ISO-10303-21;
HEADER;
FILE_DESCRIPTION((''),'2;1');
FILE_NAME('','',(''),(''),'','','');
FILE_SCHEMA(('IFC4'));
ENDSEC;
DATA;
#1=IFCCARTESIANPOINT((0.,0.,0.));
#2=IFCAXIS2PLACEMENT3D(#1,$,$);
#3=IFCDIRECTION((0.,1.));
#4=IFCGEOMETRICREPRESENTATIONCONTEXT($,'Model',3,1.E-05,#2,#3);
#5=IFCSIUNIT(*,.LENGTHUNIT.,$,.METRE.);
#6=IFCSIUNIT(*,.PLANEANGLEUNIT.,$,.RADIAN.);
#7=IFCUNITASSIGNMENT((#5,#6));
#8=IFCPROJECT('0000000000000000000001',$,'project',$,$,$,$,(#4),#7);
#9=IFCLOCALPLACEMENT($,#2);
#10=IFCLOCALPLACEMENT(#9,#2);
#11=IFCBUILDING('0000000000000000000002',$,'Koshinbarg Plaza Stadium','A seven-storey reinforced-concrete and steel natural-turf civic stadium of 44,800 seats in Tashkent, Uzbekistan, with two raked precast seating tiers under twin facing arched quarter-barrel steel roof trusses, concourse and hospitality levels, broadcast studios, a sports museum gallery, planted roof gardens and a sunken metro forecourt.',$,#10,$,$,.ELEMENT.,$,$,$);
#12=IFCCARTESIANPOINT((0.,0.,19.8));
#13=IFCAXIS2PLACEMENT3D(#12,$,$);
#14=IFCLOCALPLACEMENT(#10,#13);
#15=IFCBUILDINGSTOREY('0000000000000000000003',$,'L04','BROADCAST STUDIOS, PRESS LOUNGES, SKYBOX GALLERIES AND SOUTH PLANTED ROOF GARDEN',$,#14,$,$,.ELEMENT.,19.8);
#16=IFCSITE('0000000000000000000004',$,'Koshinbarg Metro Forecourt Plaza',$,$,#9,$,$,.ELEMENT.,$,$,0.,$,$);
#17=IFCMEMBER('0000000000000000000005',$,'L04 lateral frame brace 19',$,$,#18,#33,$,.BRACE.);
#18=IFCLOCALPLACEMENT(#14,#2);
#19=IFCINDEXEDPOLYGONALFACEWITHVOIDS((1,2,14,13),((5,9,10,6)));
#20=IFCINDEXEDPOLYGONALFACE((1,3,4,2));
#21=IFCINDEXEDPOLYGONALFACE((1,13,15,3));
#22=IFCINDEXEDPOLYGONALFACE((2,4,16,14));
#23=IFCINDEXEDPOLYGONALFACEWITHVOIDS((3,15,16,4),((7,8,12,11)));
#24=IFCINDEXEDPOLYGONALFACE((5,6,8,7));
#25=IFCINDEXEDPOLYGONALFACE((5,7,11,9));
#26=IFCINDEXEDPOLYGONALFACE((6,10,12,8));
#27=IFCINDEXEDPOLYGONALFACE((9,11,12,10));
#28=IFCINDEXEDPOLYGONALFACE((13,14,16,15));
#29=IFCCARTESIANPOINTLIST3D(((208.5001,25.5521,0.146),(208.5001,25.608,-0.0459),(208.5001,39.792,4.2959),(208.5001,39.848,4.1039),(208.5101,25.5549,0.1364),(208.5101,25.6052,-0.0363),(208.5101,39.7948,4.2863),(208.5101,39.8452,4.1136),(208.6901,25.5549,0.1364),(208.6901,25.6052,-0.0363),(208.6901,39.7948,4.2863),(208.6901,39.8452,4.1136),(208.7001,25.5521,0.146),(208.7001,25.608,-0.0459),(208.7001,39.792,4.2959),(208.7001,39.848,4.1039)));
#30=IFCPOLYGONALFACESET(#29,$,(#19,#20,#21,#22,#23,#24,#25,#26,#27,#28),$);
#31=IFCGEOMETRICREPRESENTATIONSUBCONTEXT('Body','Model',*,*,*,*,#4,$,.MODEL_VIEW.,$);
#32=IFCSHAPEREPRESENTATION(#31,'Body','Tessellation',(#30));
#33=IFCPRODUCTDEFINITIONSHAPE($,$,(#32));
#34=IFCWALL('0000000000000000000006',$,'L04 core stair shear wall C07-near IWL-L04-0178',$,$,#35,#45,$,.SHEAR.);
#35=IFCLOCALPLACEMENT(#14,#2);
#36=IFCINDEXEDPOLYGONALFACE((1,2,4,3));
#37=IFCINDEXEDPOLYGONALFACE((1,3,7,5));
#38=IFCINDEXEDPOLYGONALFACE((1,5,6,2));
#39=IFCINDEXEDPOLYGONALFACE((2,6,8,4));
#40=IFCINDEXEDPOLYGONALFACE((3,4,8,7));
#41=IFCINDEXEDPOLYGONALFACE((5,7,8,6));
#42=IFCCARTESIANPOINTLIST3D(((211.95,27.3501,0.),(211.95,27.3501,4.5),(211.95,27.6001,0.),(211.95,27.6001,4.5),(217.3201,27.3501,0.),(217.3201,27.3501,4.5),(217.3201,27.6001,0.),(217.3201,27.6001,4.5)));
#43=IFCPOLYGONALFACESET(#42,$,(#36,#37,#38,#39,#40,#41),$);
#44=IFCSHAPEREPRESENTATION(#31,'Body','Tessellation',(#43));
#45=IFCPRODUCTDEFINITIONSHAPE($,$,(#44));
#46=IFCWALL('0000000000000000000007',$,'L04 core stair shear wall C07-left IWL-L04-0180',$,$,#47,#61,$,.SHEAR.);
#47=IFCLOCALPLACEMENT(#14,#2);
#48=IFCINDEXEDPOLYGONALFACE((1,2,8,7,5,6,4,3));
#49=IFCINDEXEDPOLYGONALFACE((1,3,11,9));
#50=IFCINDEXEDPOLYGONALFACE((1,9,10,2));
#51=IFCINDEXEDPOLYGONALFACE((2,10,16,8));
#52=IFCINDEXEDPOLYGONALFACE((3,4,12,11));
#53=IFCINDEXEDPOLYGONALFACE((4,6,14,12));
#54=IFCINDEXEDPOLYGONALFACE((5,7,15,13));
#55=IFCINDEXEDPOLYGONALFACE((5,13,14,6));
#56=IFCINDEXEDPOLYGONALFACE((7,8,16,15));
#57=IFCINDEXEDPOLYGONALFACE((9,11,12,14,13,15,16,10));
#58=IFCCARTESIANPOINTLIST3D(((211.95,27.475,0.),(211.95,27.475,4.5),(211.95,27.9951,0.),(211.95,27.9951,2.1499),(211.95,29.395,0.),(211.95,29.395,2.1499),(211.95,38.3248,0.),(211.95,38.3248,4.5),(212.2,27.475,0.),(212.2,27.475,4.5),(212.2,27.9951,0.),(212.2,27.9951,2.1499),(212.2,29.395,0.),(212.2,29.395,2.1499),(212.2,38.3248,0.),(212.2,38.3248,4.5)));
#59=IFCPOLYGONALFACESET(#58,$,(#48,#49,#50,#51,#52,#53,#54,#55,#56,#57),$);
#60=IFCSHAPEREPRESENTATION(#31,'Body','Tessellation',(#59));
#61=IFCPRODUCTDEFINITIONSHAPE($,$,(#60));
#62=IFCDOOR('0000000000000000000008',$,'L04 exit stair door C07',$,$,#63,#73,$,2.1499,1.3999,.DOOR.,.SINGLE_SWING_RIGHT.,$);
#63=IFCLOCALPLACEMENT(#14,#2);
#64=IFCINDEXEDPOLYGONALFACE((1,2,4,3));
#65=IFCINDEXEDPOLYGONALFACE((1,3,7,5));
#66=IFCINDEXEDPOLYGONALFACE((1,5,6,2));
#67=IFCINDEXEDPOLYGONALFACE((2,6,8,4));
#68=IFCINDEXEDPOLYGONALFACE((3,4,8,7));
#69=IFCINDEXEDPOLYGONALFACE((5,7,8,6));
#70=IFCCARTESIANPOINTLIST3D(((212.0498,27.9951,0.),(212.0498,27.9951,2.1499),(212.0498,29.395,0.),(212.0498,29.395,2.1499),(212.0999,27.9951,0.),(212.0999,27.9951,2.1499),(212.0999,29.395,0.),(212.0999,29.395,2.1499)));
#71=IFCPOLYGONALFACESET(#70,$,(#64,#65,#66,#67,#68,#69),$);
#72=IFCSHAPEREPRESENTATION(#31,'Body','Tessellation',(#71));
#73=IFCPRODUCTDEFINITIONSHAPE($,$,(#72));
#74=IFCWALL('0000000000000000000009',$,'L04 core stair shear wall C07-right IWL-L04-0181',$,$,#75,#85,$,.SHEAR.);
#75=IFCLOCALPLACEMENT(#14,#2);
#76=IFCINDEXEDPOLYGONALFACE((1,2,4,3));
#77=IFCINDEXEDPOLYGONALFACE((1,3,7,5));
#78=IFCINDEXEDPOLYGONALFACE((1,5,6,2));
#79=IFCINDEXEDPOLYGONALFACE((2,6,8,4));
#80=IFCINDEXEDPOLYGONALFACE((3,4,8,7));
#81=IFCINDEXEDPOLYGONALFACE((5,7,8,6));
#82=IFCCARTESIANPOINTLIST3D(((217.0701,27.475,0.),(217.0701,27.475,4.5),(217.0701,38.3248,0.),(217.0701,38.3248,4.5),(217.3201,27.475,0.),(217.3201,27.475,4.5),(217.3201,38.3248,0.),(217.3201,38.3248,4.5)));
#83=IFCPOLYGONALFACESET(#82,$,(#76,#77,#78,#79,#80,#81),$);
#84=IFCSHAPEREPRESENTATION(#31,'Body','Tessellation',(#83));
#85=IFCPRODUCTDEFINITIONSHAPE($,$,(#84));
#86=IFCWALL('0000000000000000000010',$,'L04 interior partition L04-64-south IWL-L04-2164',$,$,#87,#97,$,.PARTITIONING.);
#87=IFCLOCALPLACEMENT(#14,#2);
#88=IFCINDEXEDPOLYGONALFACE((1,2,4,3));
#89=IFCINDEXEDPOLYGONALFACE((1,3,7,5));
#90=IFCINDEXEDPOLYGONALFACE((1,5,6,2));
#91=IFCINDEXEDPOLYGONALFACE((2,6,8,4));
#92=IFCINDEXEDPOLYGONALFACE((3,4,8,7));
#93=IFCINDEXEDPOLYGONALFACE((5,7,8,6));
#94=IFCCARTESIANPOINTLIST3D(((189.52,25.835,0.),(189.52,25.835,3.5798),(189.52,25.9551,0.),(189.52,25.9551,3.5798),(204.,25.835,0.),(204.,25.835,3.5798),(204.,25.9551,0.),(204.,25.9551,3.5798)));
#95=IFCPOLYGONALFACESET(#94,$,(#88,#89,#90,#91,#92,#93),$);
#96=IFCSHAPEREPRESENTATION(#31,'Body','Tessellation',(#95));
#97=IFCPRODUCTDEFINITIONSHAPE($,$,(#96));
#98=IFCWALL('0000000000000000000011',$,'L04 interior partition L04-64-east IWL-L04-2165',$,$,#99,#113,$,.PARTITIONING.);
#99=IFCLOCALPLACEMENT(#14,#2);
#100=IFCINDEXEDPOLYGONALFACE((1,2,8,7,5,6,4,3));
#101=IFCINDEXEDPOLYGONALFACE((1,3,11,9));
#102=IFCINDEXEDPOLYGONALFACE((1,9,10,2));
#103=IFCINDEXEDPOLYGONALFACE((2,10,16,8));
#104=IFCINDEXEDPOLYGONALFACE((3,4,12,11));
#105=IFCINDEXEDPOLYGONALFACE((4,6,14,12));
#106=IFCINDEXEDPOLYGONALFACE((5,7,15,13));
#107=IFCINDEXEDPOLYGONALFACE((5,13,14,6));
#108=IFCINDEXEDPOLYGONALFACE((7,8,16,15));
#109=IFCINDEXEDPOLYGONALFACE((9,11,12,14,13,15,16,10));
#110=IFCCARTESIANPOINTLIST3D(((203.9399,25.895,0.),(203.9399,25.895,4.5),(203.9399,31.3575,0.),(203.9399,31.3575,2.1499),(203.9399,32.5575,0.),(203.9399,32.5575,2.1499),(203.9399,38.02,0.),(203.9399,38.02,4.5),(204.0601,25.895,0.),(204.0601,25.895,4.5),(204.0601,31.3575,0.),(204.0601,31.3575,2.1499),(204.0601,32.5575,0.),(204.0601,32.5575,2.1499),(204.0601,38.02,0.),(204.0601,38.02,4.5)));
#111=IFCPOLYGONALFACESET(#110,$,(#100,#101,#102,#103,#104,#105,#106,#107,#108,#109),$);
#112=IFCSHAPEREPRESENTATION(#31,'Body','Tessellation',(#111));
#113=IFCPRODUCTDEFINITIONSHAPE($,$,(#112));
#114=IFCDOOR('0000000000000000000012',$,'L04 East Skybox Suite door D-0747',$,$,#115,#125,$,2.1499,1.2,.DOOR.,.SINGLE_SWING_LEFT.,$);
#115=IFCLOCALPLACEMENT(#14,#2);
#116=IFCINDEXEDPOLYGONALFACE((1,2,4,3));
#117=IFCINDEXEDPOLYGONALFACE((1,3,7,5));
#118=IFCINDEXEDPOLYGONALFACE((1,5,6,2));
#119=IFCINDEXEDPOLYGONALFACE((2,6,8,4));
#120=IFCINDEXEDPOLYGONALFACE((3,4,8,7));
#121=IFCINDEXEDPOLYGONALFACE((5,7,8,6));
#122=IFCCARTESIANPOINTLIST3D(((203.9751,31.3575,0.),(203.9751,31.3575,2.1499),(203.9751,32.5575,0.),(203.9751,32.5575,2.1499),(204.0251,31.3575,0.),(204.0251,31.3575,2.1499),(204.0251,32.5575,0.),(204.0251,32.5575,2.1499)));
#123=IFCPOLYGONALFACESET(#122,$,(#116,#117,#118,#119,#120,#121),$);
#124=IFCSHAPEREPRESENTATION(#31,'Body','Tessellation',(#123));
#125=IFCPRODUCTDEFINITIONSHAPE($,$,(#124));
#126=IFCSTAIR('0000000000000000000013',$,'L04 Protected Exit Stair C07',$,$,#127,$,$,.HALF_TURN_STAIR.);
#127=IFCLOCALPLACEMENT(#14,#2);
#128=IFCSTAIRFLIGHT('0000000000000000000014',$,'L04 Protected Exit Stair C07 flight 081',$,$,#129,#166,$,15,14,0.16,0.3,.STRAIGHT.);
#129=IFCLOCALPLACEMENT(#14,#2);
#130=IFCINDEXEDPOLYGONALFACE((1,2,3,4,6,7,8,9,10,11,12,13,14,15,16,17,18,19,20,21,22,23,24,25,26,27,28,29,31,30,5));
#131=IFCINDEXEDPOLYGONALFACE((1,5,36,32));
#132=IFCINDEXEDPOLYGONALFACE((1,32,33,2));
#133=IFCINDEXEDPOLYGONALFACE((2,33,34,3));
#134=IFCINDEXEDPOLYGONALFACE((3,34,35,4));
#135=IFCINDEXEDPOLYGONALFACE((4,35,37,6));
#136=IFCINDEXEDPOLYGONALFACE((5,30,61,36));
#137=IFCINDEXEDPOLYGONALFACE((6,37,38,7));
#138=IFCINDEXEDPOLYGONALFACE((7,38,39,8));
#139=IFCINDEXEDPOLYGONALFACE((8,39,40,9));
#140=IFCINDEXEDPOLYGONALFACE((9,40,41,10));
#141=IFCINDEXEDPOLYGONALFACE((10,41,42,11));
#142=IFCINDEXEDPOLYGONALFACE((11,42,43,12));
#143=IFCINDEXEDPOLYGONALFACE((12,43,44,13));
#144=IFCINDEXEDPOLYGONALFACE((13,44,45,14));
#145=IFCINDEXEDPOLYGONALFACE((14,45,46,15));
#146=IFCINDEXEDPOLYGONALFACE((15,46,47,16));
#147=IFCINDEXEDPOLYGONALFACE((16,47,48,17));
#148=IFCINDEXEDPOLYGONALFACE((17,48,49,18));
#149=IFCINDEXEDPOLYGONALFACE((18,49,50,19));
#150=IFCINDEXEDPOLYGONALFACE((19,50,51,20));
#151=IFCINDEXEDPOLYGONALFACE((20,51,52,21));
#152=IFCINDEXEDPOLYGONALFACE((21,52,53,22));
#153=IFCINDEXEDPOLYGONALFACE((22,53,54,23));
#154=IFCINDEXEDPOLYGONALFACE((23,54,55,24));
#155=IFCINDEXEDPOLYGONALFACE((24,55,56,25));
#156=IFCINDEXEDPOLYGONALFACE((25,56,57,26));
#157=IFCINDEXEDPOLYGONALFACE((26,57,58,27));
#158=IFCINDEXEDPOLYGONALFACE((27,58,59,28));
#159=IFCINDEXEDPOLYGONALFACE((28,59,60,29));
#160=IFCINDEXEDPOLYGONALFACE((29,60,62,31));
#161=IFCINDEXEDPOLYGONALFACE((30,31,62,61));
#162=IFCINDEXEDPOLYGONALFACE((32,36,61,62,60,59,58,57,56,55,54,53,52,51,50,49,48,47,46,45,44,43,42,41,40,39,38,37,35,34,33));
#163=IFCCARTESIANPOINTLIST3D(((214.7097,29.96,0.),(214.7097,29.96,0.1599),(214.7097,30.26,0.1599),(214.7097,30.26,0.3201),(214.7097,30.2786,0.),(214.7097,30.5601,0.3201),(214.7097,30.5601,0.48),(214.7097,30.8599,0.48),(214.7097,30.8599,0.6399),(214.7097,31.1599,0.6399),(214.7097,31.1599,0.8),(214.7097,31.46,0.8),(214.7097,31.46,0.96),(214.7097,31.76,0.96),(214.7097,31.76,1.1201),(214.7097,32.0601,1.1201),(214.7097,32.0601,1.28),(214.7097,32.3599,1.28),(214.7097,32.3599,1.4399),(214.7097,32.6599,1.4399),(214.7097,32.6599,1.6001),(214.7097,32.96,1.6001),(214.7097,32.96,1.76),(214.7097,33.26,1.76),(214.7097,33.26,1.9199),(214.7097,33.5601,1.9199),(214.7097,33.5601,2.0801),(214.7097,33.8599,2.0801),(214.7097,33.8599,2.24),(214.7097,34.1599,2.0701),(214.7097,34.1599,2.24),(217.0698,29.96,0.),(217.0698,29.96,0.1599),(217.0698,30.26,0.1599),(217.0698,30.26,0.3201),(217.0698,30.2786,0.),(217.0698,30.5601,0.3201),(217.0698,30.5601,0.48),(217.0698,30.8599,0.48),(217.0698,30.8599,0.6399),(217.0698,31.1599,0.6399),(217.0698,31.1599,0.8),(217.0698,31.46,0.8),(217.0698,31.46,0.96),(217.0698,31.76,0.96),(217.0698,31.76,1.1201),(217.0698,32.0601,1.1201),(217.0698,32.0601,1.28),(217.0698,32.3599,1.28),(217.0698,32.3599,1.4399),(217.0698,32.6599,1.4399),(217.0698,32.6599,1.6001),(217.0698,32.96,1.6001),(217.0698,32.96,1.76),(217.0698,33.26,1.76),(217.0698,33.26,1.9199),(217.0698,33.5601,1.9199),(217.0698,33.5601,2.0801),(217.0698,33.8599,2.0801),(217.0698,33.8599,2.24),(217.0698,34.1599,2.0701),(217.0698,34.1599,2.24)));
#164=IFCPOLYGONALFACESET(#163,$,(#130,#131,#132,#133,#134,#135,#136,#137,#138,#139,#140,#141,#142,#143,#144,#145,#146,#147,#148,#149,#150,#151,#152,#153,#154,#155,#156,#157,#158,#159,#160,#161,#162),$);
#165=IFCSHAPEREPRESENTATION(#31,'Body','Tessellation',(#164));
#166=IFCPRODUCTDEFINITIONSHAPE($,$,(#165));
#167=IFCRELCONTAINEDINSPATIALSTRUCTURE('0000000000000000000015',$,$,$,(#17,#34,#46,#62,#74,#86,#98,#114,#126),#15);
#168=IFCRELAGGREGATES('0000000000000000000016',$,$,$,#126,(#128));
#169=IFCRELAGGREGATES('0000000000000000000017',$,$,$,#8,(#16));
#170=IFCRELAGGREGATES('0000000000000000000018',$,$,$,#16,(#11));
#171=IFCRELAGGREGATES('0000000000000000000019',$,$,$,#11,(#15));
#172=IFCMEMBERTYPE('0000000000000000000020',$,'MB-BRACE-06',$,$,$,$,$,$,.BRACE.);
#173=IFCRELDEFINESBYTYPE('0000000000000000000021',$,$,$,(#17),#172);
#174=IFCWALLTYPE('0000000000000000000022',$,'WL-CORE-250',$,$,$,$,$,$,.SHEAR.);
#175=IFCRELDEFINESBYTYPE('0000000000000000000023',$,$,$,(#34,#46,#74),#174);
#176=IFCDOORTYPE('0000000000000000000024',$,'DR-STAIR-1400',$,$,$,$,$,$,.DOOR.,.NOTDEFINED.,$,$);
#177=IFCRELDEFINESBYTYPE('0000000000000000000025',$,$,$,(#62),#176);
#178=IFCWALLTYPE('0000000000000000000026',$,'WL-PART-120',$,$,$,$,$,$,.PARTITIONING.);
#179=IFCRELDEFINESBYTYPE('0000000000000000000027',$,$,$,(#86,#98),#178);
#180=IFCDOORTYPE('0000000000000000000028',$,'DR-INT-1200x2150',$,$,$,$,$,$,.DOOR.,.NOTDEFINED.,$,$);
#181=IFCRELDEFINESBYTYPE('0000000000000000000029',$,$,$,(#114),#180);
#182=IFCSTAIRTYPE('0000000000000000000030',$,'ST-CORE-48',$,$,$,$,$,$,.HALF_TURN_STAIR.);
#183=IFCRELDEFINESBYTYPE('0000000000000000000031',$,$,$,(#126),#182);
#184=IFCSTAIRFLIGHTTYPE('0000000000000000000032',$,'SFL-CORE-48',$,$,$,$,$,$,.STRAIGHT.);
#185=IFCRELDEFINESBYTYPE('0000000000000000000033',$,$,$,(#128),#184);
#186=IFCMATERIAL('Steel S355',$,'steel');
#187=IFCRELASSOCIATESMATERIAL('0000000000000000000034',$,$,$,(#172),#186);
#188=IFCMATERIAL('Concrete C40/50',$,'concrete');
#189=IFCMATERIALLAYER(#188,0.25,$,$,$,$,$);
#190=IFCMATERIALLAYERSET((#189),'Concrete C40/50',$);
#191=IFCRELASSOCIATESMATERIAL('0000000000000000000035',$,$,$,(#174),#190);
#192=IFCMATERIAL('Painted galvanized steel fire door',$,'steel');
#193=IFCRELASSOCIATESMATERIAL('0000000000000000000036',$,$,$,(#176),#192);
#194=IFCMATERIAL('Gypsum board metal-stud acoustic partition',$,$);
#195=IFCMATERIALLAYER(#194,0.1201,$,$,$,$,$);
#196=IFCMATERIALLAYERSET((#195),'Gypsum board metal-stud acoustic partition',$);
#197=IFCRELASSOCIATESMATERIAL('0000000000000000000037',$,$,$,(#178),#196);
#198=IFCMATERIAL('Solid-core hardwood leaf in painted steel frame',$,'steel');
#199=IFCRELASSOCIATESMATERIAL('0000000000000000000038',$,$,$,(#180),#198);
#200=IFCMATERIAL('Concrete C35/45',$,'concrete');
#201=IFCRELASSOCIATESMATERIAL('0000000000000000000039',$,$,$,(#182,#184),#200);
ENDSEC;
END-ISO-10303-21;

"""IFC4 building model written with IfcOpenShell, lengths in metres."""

from ifc_helpers import new_model, si_unit, direction, frame, frame_2d, origin, origin_2d, place, context, subcontext, project, spatial, polyline, rectangle, hollow_rectangle, outline, extrude, material, layer, layer_set, material_profile, profile_set, type_object, element, fill, aggregate, save


model = new_model("IFC4")

# Units and contexts
model_context = context("Model", 3, precision=1e-05, world=origin(), true_north=direction((0.0, 1.0)))
body_context = subcontext(model_context, "Body", "Model", "MODEL_VIEW")
ifc_project = project(units=[si_unit("LENGTHUNIT", "METRE"), si_unit("PLANEANGLEUNIT", "RADIAN")], contexts=[model_context])

# Site, building, storey
site_placement = place(None, origin())
site = spatial("IfcSite", under=ifc_project, at=site_placement, Name="Koshinbarg Metro Forecourt Plaza", CompositionType="ELEMENT", RefElevation=0.0)
building_placement = place(site_placement, origin())
building = spatial("IfcBuilding", under=site, at=building_placement, Name="Koshinbarg Plaza Stadium", Description="A seven-storey reinforced-concrete and steel natural-turf civic stadium of 44,800 seats in Tashkent, Uzbekistan, with two raked precast seating tiers under twin facing arched quarter-barrel steel roof trusses, concourse and hospitality levels, broadcast studios, a sports museum gallery, planted roof gardens and a sunken metro forecourt.", CompositionType="ELEMENT")
storey_placement = place(building_placement, frame((0.0, 0.0, 19.8)))
storey = spatial("IfcBuildingStorey", under=building, at=storey_placement, Name="L04", Description="BROADCAST STUDIOS, PRESS LOUNGES, SKYBOX GALLERIES AND SOUTH PLANTED ROOF GARDEN", CompositionType="ELEMENT", Elevation=19.8)

# Shared definitions
ifc_material_1 = material(Name="Steel S355", Category="steel")

# Shared definitions
ifc_material_2 = material(Name="Concrete C40/50", Category="concrete")

# Member
ifc_material_profile_1 = material_profile(ifc_material_1, hollow_rectangle(XDim=0.2, YDim=0.2, WallThickness=0.01, at=origin_2d()), Name="SHS 200x200x10")
ifc_profile_set_1 = profile_set([ifc_material_profile_1], Name="Steel S355")
member_type = type_object("IfcMemberType", Name="MB-BRACE-06", PredefinedType="BRACE", material=ifc_profile_set_1)
member_placement = place(storey_placement, frame((208.6001, 25.5801, 0.05), z_axis=(0.0, 0.960062, 0.279787), x_axis=(-1.0, 0.0, 0.0)))
element("IfcMember", 1, at=member_placement, inside=storey, type_object=member_type, Name="L04 lateral frame brace 19", PredefinedType="BRACE", context=body_context, shape_type="SweptSolid", body=[
    extrude(hollow_rectangle(XDim=0.2, YDim=0.2, WallThickness=0.01, at=origin_2d()), origin(), (0.0, 0.0, 1.0), 14.8323),
])

# Wall
ifc_layer_1 = layer(ifc_material_2, 0.25)
ifc_layer_set_1 = layer_set([ifc_layer_1], Name="Concrete C40/50")
wall_type_1 = type_object("IfcWallType", Name="WL-CORE-250", PredefinedType="SHEAR", material=ifc_layer_set_1)
wall_1_placement = place(storey_placement, frame((211.95, 27.4751, 0.0), z_axis=(0.0, 0.0, 1.0), x_axis=(1.0, 0.0, 0.0)))
element("IfcWall", 2, at=wall_1_placement, inside=storey, type_object=wall_type_1, Name="L04 core stair shear wall C07-near IWL-L04-0178", PredefinedType="SHEAR", context=body_context, shape_type="SweptSolid", body=[
    extrude(rectangle(XDim=5.3701, YDim=0.25, at=frame_2d((2.6851, 0.0))), origin(), (0.0, 0.0, 1.0), 4.5),
])

# Wall, opening, door
wall_2_placement = place(storey_placement, frame((212.075, 27.4751, 0.0), z_axis=(0.0, 0.0, 1.0), x_axis=(0.0, 1.0, 0.0)))
wall_2 = element("IfcWall", 3, at=wall_2_placement, inside=storey, type_object=wall_type_1, Name="L04 core stair shear wall C07-left IWL-L04-0180", PredefinedType="SHEAR", context=body_context, shape_type="SweptSolid", body=[
    extrude(rectangle(XDim=10.8499, YDim=0.25, at=frame_2d((5.4248, 0.0))), origin(), (0.0, 0.0, 1.0), 4.5),
])
opening_1_placement = place(wall_2_placement, frame((0.52, 0.0, 0.0)))
opening_1 = element("IfcOpeningElement", 4, at=opening_1_placement, cuts=wall_2, PredefinedType="OPENING", context=body_context, shape_type="SweptSolid", body=[
    extrude(rectangle(XDim=1.3999, YDim=2.1499, at=frame_2d((0.7, 1.075))), frame((0.0, 0.135, 0.0), z_axis=(0.0, -1.0, 0.0), x_axis=(1.0, 0.0, 0.0)), (0.0, 0.0, 1.0), 0.27),
])
ifc_material_3 = material(Name="Painted galvanized steel fire door", Category="steel")
door_type_1 = type_object("IfcDoorType", Name="DR-STAIR-1400", OperationType="NOTDEFINED", PredefinedType="DOOR", material=ifc_material_3)
door_1_placement = place(opening_1_placement, frame((1.3999, 0.0, 0.0), z_axis=(0.0, 0.0, 1.0), x_axis=(-1.0, 0.0, 0.0)))
door_1 = element("IfcDoor", 5, at=door_1_placement, inside=storey, type_object=door_type_1, Name="L04 exit stair door C07", OperationType="SINGLE_SWING_RIGHT", OverallHeight=2.1499, OverallWidth=1.3999, PredefinedType="DOOR", context=body_context, shape_type="SweptSolid", body=[
    extrude(rectangle(XDim=1.3999, YDim=2.1499, at=frame_2d((0.7, 1.075))), frame((0.0, 0.0249, 0.0), z_axis=(0.0, -1.0, 0.0), x_axis=(1.0, 0.0, 0.0)), (0.0, 0.0, 1.0), 0.05),
])
fill(opening_1, door_1)

# Walls
wall_3_placement = place(storey_placement, frame((217.1951, 27.4751, 0.0), z_axis=(0.0, 0.0, 1.0), x_axis=(0.0, 1.0, 0.0)))
element("IfcWall", 6, at=wall_3_placement, inside=storey, type_object=wall_type_1, Name="L04 core stair shear wall C07-right IWL-L04-0181", PredefinedType="SHEAR", context=body_context, shape_type="SweptSolid", body=[
    extrude(rectangle(XDim=10.8499, YDim=0.25, at=frame_2d((5.4248, 0.0))), origin(), (0.0, 0.0, 1.0), 4.5),
])
ifc_material_4 = material(Name="Gypsum board metal-stud acoustic partition")
ifc_layer_2 = layer(ifc_material_4, 0.1201)
ifc_layer_set_2 = layer_set([ifc_layer_2], Name="Gypsum board metal-stud acoustic partition")
wall_type_2 = type_object("IfcWallType", Name="WL-PART-120", PredefinedType="PARTITIONING", material=ifc_layer_set_2)
wall_4_placement = place(storey_placement, frame((189.52, 25.895, 0.0), z_axis=(0.0, 0.0, 1.0), x_axis=(1.0, 0.0, 0.0)))
element("IfcWall", 7, at=wall_4_placement, inside=storey, type_object=wall_type_2, Name="L04 interior partition L04-64-south IWL-L04-2164", PredefinedType="PARTITIONING", context=body_context, shape_type="SweptSolid", body=[
    extrude(rectangle(XDim=14.48, YDim=0.1201, at=frame_2d((7.24, 0.0))), origin(), (0.0, 0.0, 1.0), 3.5798),
])

# Wall, opening, door
wall_5_placement = place(storey_placement, frame((204.0, 25.895, 0.0), z_axis=(0.0, 0.0, 1.0), x_axis=(0.0, 1.0, 0.0)))
wall_5 = element("IfcWall", 8, at=wall_5_placement, inside=storey, type_object=wall_type_2, Name="L04 interior partition L04-64-east IWL-L04-2165", PredefinedType="PARTITIONING", context=body_context, shape_type="SweptSolid", body=[
    extrude(rectangle(XDim=12.125, YDim=0.1201, at=frame_2d((6.0625, 0.0))), origin(), (0.0, 0.0, 1.0), 4.5),
])
opening_2_placement = place(wall_5_placement, frame((5.4624, 0.0, 0.0)))
opening_2 = element("IfcOpeningElement", 9, at=opening_2_placement, cuts=wall_5, PredefinedType="OPENING", context=body_context, shape_type="SweptSolid", body=[
    extrude(rectangle(XDim=1.2, YDim=2.1499, at=frame_2d((0.6001, 1.075))), frame((0.0, 0.0701, 0.0), z_axis=(0.0, -1.0, 0.0), x_axis=(1.0, 0.0, 0.0)), (0.0, 0.0, 1.0), 0.1401),
])
ifc_material_5 = material(Name="Solid-core hardwood leaf in painted steel frame", Category="steel")
door_type_2 = type_object("IfcDoorType", Name="DR-INT-1200x2150", OperationType="NOTDEFINED", PredefinedType="DOOR", material=ifc_material_5)
door_2_placement = place(opening_2_placement, origin())
door_2 = element("IfcDoor", 10, at=door_2_placement, inside=storey, type_object=door_type_2, Name="L04 East Skybox Suite door D-0747", OperationType="SINGLE_SWING_LEFT", OverallHeight=2.1499, OverallWidth=1.2, PredefinedType="DOOR", context=body_context, shape_type="SweptSolid", body=[
    extrude(rectangle(XDim=1.2, YDim=2.1499, at=frame_2d((0.6001, 1.075))), frame((0.0, 0.0249, 0.0), z_axis=(0.0, -1.0, 0.0), x_axis=(1.0, 0.0, 0.0)), (0.0, 0.0, 1.0), 0.05),
])
fill(opening_2, door_2)

# Stair, stair flight
ifc_material_6 = material(Name="Concrete C35/45", Category="concrete")
stair_type = type_object("IfcStairType", Name="ST-CORE-48", PredefinedType="HALF_TURN_STAIR", material=ifc_material_6)
stair_placement = place(storey_placement, origin())
stair = element("IfcStair", 11, at=stair_placement, inside=storey, type_object=stair_type, Name="L04 Protected Exit Stair C07", PredefinedType="HALF_TURN_STAIR")
stair_flight_type = type_object("IfcStairFlightType", Name="SFL-CORE-48", PredefinedType="STRAIGHT", material=ifc_material_6)
stair_flight_placement = place(storey_placement, frame((215.8899, 29.96, 0.0), z_axis=(0.0, 0.0, 1.0), x_axis=(0.0, 1.0, 0.0)))
stair_flight = element("IfcStairFlight", 12, at=stair_flight_placement, type_object=stair_flight_type, Name="L04 Protected Exit Stair C07 flight 081", NumberOfRisers=15, NumberOfTreads=14, PredefinedType="STRAIGHT", RiserHeight=0.16, TreadLength=0.3, context=body_context, shape_type="SweptSolid", body=[
    extrude(outline(polyline([(0.0, 0.0), (0.0, 0.1599), (0.3, 0.1599), (0.3, 0.3201), (0.6001, 0.3201), (0.6001, 0.48), (0.8999, 0.48), (0.8999, 0.6399), (1.2, 0.6399), (1.2, 0.8), (1.5, 0.8), (1.5, 0.96), (1.8, 0.96), (1.8, 1.1201), (2.1001, 1.1201), (2.1001, 1.28), (2.3999, 1.28), (2.3999, 1.4399), (2.7, 1.4399), (2.7, 1.6001), (3.0, 1.6001), (3.0, 1.76), (3.3, 1.76), (3.3, 1.9199), (3.6001, 1.9199), (3.6001, 2.0801), (3.8999, 2.0801), (3.8999, 2.24), (4.2, 2.24), (4.2, 2.3999), (4.2, 2.0701), (0.3186, 0.0), (0.0, 0.0)])), frame((0.0, 1.1802, 0.0), z_axis=(0.0, -1.0, 0.0), x_axis=(1.0, 0.0, 0.0)), (0.0, 0.0, 1.0), 2.3601),
])
aggregate(stair, [stair_flight])

save(model, "model.ifc")
